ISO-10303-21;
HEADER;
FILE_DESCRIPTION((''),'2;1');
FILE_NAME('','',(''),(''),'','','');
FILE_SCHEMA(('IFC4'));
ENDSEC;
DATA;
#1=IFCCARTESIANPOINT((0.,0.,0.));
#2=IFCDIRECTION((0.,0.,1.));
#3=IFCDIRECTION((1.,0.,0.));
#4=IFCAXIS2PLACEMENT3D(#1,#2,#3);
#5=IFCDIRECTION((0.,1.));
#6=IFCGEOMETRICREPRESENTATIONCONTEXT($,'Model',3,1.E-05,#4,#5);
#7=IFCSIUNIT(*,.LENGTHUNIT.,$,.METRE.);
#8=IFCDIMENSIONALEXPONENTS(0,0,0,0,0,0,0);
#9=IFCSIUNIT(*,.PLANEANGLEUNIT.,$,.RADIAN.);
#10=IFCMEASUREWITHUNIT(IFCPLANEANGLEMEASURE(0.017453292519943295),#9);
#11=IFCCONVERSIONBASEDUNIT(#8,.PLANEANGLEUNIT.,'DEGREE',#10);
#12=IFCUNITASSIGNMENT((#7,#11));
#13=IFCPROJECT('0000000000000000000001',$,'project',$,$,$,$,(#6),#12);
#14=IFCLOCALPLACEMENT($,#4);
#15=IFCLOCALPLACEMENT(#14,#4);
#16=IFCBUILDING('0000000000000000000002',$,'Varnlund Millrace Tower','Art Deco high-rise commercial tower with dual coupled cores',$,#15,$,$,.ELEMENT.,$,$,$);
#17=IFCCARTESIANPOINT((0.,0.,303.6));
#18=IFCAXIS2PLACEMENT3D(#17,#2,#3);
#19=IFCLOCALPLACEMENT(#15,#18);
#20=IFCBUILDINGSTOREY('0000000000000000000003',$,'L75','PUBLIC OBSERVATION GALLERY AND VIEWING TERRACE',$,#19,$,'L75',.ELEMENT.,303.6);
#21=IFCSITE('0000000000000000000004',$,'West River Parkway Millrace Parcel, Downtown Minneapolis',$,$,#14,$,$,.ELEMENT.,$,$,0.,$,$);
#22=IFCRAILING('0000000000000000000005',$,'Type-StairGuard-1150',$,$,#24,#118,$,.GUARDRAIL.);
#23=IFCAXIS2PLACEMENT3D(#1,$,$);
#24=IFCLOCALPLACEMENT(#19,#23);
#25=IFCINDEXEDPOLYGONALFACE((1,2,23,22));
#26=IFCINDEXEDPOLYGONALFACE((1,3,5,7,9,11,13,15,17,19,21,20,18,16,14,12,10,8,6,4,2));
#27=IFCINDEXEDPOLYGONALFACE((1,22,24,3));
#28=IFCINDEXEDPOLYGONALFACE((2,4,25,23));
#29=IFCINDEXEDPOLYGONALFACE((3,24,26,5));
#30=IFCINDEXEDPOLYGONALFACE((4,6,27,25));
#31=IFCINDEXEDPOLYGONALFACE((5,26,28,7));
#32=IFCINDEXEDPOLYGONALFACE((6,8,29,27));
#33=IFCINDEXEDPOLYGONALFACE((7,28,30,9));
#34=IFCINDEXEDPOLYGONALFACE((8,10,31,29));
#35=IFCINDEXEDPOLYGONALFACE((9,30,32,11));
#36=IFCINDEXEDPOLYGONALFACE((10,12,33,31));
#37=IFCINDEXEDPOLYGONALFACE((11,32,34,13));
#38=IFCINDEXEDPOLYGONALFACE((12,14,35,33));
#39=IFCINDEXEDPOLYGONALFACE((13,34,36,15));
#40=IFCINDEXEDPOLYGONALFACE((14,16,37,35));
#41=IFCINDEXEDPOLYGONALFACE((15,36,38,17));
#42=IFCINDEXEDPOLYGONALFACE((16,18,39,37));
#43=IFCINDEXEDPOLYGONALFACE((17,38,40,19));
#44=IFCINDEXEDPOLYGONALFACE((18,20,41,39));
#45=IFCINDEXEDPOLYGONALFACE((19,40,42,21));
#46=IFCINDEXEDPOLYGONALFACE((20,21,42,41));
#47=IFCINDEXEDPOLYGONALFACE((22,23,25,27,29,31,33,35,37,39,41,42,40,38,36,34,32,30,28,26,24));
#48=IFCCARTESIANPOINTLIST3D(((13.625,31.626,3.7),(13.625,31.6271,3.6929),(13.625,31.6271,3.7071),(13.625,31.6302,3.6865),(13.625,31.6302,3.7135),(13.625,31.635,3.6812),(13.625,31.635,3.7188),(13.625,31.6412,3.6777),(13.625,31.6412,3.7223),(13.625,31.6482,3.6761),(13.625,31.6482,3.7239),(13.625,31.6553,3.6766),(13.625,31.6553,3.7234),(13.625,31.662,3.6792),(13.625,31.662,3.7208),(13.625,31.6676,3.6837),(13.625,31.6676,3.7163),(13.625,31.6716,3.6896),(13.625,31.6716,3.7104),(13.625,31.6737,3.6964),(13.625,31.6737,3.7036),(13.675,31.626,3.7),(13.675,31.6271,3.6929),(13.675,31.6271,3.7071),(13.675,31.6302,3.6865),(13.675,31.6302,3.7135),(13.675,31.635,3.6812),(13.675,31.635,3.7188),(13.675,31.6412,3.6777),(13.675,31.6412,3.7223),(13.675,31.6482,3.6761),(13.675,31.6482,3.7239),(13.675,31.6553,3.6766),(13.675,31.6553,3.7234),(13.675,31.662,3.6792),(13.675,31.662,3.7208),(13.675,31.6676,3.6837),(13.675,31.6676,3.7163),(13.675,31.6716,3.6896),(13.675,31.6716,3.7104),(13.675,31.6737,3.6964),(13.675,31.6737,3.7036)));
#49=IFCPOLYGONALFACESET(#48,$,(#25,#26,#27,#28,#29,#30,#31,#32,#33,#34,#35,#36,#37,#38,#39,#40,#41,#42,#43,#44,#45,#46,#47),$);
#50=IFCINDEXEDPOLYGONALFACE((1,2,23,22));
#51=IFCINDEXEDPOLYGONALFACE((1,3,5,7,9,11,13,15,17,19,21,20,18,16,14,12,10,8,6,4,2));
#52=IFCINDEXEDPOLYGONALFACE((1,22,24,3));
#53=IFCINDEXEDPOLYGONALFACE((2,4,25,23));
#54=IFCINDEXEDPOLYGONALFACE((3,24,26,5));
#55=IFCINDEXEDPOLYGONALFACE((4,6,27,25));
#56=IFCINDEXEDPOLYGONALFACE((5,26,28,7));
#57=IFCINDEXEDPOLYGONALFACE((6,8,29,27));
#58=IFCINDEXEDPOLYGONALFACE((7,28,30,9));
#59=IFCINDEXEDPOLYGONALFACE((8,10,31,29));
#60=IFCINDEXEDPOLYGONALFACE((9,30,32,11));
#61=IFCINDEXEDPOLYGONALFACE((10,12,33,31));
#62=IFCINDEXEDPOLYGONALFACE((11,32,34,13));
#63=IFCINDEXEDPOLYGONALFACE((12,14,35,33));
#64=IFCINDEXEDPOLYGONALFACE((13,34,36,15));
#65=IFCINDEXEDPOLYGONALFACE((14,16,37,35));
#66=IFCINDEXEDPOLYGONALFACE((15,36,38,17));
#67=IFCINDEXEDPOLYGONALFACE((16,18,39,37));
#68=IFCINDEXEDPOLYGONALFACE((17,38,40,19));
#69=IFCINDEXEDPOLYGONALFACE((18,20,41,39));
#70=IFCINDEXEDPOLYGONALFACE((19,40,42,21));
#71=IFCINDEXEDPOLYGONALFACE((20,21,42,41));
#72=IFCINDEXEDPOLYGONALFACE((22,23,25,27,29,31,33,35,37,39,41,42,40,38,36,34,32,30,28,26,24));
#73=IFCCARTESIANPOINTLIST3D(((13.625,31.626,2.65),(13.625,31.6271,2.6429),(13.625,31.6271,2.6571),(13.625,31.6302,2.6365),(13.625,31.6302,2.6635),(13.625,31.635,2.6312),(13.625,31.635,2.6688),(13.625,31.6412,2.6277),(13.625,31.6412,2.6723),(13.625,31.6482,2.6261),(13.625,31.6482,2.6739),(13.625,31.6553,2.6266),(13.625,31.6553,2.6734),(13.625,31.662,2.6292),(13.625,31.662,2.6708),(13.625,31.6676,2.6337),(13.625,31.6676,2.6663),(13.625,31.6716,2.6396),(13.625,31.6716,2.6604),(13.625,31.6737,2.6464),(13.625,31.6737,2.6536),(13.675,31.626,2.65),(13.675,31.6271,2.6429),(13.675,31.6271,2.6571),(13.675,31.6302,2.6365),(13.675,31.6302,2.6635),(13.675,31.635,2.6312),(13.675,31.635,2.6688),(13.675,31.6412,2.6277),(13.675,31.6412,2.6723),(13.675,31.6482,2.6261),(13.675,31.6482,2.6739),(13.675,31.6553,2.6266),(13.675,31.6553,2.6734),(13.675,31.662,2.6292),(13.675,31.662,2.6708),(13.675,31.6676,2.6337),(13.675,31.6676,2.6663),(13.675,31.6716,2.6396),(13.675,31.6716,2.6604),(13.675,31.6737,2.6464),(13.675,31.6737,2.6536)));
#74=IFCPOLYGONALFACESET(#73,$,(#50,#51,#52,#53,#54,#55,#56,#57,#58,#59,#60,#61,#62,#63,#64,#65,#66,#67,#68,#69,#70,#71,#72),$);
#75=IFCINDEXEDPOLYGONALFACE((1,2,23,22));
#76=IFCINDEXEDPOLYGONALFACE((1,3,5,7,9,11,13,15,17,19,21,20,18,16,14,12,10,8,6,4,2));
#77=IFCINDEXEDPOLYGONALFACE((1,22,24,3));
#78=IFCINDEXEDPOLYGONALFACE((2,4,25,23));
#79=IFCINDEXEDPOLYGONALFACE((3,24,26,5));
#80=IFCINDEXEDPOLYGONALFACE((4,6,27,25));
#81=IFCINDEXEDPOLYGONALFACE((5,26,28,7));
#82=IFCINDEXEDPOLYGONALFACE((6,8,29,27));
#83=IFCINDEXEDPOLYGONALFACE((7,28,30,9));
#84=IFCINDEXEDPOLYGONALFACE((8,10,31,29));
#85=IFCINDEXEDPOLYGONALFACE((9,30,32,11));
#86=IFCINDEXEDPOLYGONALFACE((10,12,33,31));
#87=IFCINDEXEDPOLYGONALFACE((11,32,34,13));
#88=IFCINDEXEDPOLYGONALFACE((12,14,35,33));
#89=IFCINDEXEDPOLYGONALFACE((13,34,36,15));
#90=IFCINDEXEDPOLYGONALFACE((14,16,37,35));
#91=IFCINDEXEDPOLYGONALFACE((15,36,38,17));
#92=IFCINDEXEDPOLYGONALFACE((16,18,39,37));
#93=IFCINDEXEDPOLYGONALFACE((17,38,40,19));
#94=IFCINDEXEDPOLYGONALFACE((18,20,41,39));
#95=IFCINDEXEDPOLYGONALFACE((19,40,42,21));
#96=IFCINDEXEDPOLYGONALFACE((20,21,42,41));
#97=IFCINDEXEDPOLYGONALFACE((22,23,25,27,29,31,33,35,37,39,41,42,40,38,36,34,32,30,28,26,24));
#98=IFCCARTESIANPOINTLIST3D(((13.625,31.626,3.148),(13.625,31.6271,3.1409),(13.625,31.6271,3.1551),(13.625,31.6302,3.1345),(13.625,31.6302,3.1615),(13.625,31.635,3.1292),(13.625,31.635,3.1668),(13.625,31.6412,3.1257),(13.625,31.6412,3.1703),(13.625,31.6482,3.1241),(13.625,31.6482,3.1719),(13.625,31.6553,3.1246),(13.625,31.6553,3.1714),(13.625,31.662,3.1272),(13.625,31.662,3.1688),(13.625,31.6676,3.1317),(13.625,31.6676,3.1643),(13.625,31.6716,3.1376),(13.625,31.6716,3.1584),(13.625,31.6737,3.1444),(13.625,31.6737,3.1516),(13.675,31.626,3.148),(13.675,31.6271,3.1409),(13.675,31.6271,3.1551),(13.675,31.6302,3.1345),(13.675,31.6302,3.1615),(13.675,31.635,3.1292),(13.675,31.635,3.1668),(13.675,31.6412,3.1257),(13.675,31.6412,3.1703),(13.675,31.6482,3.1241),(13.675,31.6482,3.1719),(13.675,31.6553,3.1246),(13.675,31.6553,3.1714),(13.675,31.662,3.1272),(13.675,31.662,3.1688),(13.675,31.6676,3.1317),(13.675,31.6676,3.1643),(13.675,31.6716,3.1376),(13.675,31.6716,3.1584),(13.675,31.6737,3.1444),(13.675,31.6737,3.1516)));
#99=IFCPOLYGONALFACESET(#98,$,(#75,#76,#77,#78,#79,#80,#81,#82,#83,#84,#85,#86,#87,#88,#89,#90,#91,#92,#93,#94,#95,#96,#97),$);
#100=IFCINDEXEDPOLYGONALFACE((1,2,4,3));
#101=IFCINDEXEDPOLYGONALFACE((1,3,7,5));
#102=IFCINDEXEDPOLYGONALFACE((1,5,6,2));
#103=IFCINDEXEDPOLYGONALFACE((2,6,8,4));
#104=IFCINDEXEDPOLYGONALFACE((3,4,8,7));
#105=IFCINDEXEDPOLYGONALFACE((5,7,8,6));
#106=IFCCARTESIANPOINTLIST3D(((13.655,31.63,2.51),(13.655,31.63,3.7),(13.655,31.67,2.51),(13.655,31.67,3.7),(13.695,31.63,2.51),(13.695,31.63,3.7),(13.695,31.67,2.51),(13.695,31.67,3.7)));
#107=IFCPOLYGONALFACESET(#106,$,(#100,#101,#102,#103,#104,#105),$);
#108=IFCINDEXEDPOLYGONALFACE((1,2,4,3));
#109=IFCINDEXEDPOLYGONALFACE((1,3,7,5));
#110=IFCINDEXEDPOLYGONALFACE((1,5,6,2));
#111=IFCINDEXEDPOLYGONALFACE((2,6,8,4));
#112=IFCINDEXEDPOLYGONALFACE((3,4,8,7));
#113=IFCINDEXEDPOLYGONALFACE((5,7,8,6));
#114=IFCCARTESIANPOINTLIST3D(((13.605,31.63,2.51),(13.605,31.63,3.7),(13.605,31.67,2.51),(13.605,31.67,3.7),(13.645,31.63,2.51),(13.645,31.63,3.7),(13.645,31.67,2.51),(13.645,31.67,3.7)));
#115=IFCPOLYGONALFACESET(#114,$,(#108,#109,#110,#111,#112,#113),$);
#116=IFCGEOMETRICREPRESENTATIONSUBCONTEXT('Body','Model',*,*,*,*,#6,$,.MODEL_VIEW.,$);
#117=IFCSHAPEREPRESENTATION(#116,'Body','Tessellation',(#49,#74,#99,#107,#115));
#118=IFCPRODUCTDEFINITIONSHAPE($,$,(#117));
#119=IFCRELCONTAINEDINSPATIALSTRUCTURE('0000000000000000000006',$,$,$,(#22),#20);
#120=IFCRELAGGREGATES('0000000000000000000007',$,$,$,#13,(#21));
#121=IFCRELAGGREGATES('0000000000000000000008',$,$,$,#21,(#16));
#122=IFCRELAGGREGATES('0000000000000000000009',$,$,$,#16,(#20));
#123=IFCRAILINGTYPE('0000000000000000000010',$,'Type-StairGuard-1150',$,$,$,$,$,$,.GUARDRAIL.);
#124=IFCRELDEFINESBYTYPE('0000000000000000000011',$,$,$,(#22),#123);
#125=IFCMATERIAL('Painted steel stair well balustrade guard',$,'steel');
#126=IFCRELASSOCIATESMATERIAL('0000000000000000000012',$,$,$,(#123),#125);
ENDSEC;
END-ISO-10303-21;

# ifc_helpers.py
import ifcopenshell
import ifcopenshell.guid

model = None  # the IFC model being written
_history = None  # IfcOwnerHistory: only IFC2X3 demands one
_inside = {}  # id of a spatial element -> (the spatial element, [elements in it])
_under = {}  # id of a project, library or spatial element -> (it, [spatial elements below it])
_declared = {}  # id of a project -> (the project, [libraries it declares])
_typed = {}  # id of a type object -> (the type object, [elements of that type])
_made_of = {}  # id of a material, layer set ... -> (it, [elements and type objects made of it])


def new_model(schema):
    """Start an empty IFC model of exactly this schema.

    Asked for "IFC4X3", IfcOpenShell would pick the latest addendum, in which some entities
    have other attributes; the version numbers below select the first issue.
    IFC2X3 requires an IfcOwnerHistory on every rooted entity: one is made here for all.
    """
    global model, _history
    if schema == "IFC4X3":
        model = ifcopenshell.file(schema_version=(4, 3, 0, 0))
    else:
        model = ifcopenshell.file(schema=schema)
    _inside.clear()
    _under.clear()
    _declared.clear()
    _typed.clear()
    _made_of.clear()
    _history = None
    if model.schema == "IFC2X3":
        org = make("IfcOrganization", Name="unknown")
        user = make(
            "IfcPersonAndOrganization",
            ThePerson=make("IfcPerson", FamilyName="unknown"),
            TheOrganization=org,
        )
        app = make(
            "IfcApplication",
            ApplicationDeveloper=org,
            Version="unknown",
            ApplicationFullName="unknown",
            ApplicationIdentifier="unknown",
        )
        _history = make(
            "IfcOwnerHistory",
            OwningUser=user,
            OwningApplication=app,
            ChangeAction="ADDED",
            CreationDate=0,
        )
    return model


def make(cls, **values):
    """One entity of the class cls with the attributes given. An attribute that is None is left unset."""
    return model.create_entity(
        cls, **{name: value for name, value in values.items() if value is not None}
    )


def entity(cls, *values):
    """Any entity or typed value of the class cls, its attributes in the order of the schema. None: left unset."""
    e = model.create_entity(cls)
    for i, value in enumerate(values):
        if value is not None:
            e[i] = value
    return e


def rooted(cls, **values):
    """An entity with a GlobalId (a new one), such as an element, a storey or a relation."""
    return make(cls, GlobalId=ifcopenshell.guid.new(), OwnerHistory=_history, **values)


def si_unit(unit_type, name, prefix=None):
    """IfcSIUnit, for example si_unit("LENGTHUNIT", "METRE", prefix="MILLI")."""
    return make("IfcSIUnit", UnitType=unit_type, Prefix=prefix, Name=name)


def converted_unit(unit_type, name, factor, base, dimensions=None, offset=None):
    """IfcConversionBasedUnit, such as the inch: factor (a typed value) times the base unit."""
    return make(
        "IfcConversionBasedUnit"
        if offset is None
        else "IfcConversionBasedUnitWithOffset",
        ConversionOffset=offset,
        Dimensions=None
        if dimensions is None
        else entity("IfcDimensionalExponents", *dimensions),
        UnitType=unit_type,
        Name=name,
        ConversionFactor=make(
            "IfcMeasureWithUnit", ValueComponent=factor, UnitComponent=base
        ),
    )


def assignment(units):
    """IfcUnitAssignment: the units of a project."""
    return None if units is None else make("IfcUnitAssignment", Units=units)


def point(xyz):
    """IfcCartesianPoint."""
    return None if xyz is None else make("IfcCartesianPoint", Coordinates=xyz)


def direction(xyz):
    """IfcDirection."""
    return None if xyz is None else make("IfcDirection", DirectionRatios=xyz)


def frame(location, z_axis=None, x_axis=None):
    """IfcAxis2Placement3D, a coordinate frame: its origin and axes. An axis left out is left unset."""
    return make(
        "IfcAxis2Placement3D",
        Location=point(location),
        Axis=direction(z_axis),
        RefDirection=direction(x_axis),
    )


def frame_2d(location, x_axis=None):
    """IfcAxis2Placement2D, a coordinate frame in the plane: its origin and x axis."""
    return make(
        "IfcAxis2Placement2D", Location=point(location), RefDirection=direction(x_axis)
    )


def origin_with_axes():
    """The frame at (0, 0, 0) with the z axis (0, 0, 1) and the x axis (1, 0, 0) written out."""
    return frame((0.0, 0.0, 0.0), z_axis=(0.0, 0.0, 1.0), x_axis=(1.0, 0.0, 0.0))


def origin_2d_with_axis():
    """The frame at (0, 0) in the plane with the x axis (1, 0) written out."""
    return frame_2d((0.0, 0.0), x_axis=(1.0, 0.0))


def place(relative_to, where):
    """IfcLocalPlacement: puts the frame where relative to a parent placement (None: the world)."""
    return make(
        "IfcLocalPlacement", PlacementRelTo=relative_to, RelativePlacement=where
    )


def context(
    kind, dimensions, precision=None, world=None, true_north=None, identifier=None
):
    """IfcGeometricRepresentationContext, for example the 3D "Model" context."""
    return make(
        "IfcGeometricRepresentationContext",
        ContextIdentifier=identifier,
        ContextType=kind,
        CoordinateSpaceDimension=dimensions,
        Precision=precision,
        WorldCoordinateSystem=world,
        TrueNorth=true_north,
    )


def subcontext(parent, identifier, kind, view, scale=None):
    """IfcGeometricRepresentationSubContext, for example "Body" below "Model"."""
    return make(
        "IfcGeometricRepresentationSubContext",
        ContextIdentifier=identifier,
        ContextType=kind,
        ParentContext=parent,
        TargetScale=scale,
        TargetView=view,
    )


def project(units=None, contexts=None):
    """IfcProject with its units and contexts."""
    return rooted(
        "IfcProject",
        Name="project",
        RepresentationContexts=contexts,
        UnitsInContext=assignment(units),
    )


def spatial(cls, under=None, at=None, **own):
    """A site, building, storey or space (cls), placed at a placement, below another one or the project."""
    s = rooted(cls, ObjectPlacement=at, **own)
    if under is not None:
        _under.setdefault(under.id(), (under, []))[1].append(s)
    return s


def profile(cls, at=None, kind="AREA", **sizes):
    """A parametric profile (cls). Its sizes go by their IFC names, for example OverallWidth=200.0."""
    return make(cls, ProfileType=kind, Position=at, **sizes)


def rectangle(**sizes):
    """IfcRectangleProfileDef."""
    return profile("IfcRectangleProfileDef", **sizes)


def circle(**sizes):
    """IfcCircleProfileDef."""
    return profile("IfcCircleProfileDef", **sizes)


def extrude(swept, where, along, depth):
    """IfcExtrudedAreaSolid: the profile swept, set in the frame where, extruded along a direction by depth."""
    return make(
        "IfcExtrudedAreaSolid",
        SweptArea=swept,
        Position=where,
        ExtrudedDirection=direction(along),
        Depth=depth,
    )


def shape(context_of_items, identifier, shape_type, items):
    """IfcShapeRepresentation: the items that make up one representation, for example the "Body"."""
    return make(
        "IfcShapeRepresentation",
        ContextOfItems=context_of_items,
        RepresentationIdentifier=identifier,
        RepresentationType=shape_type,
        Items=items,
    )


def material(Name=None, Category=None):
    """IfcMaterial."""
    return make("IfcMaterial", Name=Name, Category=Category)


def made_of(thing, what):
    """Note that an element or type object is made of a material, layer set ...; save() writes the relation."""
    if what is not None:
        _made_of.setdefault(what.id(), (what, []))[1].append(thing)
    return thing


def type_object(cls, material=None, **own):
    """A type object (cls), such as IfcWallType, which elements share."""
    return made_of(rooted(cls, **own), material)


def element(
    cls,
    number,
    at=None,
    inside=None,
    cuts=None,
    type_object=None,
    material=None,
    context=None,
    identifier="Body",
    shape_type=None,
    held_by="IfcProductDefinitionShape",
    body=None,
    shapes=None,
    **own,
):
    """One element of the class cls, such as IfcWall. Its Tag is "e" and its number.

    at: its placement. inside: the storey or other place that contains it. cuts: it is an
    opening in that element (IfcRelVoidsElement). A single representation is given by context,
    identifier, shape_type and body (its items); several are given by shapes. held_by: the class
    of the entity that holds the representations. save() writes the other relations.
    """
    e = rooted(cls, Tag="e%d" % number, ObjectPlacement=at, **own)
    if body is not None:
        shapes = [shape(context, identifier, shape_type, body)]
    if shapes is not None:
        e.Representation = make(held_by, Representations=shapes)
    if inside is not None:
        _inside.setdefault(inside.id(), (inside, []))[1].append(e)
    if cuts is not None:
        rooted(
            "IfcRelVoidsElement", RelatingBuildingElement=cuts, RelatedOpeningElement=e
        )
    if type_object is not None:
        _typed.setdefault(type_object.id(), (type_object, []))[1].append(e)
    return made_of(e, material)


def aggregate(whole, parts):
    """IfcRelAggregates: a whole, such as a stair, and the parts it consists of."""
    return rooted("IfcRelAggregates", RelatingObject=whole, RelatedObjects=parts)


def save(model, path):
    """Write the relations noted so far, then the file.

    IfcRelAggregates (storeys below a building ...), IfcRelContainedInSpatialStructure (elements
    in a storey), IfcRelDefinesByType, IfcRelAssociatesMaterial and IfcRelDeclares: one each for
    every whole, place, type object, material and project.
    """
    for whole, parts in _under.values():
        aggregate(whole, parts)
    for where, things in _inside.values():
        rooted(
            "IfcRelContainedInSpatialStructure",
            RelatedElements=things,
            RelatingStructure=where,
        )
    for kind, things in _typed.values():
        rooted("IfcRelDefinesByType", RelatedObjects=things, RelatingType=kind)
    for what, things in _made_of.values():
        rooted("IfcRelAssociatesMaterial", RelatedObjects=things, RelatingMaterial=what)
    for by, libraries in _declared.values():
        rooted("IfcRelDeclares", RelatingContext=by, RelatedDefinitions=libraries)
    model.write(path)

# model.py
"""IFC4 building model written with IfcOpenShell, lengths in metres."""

from ifc_helpers import new_model, entity, si_unit, converted_unit, direction, frame, origin_with_axes, origin_2d_with_axis, place, context, subcontext, project, spatial, rectangle, circle, extrude, material, type_object, element, save


model = new_model("IFC4")

# Units and contexts
model_context = context("Model", 3, precision=1e-05, world=origin_with_axes(), true_north=direction((0.0, 1.0)))
body_context = subcontext(model_context, "Body", "Model", "MODEL_VIEW")
ifc_project = project(units=[si_unit("LENGTHUNIT", "METRE"), converted_unit("PLANEANGLEUNIT", "DEGREE", entity("IfcPlaneAngleMeasure", 0.017453292519943295), si_unit("PLANEANGLEUNIT", "RADIAN"), dimensions=[0, 0, 0, 0, 0, 0, 0])], contexts=[model_context])

# Site, building, storey
site_placement = place(None, origin_with_axes())
site = spatial("IfcSite", under=ifc_project, at=site_placement, Name="West River Parkway Millrace Parcel, Downtown Minneapolis", CompositionType="ELEMENT", RefElevation=0.0)
building_placement = place(site_placement, origin_with_axes())
building = spatial("IfcBuilding", under=site, at=building_placement, Name="Varnlund Millrace Tower", Description="Art Deco high-rise commercial tower with dual coupled cores", CompositionType="ELEMENT")
storey_placement = place(building_placement, frame((0.0, 0.0, 303.6), z_axis=(0.0, 0.0, 1.0), x_axis=(1.0, 0.0, 0.0)))
storey = spatial("IfcBuildingStorey", under=building, at=storey_placement, Name="L75", Description="PUBLIC OBSERVATION GALLERY AND VIEWING TERRACE", LongName="L75", CompositionType="ELEMENT", Elevation=303.6)

# Railing
ifc_material_1 = material(Name="Painted steel stair well balustrade guard", Category="steel")
railing_type_1 = type_object("IfcRailingType", Name="Type-StairGuard-1150", PredefinedType="GUARDRAIL", material=ifc_material_1)
railing_1_placement = place(storey_placement, frame((0.0, 0.0, -303.6), z_axis=(0.0, 0.0, 1.0), x_axis=(1.0, 0.0, 0.0)))
element("IfcRailing", 1, at=railing_1_placement, inside=storey, type_object=railing_type_1, Name="Type-StairGuard-1150", PredefinedType="GUARDRAIL", context=body_context, shape_type="SweptSolid", body=[
    extrude(circle(Radius=0.024, at=origin_2d_with_axis()), frame((13.675, 31.65, 307.3), z_axis=(-1.0, 0.0, 0.0), x_axis=(0.0, -1.0, 0.0)), (0.0, 0.0, 1.0), 0.05),
    extrude(circle(Radius=0.024, at=origin_2d_with_axis()), frame((13.675, 31.65, 306.25), z_axis=(-1.0, 0.0, 0.0), x_axis=(0.0, -1.0, 0.0)), (0.0, 0.0, 1.0), 0.05),
    extrude(circle(Radius=0.024, at=origin_2d_with_axis()), frame((13.675, 31.65, 306.748), z_axis=(-1.0, 0.0, 0.0), x_axis=(0.0, -1.0, 0.0)), (0.0, 0.0, 1.0), 0.05),
    extrude(rectangle(XDim=0.04, YDim=0.04, at=origin_2d_with_axis()), frame((13.675, 31.65, 306.11), z_axis=(0.0, 0.0, 1.0), x_axis=(1.0, 0.0, 0.0)), (0.0, 0.0, 1.0), 1.19),
    extrude(rectangle(XDim=0.04, YDim=0.04, at=origin_2d_with_axis()), frame((13.625, 31.65, 306.11), z_axis=(0.0, 0.0, 1.0), x_axis=(1.0, 0.0, 0.0)), (0.0, 0.0, 1.0), 1.19),
])

save(model, "model.ifc")
